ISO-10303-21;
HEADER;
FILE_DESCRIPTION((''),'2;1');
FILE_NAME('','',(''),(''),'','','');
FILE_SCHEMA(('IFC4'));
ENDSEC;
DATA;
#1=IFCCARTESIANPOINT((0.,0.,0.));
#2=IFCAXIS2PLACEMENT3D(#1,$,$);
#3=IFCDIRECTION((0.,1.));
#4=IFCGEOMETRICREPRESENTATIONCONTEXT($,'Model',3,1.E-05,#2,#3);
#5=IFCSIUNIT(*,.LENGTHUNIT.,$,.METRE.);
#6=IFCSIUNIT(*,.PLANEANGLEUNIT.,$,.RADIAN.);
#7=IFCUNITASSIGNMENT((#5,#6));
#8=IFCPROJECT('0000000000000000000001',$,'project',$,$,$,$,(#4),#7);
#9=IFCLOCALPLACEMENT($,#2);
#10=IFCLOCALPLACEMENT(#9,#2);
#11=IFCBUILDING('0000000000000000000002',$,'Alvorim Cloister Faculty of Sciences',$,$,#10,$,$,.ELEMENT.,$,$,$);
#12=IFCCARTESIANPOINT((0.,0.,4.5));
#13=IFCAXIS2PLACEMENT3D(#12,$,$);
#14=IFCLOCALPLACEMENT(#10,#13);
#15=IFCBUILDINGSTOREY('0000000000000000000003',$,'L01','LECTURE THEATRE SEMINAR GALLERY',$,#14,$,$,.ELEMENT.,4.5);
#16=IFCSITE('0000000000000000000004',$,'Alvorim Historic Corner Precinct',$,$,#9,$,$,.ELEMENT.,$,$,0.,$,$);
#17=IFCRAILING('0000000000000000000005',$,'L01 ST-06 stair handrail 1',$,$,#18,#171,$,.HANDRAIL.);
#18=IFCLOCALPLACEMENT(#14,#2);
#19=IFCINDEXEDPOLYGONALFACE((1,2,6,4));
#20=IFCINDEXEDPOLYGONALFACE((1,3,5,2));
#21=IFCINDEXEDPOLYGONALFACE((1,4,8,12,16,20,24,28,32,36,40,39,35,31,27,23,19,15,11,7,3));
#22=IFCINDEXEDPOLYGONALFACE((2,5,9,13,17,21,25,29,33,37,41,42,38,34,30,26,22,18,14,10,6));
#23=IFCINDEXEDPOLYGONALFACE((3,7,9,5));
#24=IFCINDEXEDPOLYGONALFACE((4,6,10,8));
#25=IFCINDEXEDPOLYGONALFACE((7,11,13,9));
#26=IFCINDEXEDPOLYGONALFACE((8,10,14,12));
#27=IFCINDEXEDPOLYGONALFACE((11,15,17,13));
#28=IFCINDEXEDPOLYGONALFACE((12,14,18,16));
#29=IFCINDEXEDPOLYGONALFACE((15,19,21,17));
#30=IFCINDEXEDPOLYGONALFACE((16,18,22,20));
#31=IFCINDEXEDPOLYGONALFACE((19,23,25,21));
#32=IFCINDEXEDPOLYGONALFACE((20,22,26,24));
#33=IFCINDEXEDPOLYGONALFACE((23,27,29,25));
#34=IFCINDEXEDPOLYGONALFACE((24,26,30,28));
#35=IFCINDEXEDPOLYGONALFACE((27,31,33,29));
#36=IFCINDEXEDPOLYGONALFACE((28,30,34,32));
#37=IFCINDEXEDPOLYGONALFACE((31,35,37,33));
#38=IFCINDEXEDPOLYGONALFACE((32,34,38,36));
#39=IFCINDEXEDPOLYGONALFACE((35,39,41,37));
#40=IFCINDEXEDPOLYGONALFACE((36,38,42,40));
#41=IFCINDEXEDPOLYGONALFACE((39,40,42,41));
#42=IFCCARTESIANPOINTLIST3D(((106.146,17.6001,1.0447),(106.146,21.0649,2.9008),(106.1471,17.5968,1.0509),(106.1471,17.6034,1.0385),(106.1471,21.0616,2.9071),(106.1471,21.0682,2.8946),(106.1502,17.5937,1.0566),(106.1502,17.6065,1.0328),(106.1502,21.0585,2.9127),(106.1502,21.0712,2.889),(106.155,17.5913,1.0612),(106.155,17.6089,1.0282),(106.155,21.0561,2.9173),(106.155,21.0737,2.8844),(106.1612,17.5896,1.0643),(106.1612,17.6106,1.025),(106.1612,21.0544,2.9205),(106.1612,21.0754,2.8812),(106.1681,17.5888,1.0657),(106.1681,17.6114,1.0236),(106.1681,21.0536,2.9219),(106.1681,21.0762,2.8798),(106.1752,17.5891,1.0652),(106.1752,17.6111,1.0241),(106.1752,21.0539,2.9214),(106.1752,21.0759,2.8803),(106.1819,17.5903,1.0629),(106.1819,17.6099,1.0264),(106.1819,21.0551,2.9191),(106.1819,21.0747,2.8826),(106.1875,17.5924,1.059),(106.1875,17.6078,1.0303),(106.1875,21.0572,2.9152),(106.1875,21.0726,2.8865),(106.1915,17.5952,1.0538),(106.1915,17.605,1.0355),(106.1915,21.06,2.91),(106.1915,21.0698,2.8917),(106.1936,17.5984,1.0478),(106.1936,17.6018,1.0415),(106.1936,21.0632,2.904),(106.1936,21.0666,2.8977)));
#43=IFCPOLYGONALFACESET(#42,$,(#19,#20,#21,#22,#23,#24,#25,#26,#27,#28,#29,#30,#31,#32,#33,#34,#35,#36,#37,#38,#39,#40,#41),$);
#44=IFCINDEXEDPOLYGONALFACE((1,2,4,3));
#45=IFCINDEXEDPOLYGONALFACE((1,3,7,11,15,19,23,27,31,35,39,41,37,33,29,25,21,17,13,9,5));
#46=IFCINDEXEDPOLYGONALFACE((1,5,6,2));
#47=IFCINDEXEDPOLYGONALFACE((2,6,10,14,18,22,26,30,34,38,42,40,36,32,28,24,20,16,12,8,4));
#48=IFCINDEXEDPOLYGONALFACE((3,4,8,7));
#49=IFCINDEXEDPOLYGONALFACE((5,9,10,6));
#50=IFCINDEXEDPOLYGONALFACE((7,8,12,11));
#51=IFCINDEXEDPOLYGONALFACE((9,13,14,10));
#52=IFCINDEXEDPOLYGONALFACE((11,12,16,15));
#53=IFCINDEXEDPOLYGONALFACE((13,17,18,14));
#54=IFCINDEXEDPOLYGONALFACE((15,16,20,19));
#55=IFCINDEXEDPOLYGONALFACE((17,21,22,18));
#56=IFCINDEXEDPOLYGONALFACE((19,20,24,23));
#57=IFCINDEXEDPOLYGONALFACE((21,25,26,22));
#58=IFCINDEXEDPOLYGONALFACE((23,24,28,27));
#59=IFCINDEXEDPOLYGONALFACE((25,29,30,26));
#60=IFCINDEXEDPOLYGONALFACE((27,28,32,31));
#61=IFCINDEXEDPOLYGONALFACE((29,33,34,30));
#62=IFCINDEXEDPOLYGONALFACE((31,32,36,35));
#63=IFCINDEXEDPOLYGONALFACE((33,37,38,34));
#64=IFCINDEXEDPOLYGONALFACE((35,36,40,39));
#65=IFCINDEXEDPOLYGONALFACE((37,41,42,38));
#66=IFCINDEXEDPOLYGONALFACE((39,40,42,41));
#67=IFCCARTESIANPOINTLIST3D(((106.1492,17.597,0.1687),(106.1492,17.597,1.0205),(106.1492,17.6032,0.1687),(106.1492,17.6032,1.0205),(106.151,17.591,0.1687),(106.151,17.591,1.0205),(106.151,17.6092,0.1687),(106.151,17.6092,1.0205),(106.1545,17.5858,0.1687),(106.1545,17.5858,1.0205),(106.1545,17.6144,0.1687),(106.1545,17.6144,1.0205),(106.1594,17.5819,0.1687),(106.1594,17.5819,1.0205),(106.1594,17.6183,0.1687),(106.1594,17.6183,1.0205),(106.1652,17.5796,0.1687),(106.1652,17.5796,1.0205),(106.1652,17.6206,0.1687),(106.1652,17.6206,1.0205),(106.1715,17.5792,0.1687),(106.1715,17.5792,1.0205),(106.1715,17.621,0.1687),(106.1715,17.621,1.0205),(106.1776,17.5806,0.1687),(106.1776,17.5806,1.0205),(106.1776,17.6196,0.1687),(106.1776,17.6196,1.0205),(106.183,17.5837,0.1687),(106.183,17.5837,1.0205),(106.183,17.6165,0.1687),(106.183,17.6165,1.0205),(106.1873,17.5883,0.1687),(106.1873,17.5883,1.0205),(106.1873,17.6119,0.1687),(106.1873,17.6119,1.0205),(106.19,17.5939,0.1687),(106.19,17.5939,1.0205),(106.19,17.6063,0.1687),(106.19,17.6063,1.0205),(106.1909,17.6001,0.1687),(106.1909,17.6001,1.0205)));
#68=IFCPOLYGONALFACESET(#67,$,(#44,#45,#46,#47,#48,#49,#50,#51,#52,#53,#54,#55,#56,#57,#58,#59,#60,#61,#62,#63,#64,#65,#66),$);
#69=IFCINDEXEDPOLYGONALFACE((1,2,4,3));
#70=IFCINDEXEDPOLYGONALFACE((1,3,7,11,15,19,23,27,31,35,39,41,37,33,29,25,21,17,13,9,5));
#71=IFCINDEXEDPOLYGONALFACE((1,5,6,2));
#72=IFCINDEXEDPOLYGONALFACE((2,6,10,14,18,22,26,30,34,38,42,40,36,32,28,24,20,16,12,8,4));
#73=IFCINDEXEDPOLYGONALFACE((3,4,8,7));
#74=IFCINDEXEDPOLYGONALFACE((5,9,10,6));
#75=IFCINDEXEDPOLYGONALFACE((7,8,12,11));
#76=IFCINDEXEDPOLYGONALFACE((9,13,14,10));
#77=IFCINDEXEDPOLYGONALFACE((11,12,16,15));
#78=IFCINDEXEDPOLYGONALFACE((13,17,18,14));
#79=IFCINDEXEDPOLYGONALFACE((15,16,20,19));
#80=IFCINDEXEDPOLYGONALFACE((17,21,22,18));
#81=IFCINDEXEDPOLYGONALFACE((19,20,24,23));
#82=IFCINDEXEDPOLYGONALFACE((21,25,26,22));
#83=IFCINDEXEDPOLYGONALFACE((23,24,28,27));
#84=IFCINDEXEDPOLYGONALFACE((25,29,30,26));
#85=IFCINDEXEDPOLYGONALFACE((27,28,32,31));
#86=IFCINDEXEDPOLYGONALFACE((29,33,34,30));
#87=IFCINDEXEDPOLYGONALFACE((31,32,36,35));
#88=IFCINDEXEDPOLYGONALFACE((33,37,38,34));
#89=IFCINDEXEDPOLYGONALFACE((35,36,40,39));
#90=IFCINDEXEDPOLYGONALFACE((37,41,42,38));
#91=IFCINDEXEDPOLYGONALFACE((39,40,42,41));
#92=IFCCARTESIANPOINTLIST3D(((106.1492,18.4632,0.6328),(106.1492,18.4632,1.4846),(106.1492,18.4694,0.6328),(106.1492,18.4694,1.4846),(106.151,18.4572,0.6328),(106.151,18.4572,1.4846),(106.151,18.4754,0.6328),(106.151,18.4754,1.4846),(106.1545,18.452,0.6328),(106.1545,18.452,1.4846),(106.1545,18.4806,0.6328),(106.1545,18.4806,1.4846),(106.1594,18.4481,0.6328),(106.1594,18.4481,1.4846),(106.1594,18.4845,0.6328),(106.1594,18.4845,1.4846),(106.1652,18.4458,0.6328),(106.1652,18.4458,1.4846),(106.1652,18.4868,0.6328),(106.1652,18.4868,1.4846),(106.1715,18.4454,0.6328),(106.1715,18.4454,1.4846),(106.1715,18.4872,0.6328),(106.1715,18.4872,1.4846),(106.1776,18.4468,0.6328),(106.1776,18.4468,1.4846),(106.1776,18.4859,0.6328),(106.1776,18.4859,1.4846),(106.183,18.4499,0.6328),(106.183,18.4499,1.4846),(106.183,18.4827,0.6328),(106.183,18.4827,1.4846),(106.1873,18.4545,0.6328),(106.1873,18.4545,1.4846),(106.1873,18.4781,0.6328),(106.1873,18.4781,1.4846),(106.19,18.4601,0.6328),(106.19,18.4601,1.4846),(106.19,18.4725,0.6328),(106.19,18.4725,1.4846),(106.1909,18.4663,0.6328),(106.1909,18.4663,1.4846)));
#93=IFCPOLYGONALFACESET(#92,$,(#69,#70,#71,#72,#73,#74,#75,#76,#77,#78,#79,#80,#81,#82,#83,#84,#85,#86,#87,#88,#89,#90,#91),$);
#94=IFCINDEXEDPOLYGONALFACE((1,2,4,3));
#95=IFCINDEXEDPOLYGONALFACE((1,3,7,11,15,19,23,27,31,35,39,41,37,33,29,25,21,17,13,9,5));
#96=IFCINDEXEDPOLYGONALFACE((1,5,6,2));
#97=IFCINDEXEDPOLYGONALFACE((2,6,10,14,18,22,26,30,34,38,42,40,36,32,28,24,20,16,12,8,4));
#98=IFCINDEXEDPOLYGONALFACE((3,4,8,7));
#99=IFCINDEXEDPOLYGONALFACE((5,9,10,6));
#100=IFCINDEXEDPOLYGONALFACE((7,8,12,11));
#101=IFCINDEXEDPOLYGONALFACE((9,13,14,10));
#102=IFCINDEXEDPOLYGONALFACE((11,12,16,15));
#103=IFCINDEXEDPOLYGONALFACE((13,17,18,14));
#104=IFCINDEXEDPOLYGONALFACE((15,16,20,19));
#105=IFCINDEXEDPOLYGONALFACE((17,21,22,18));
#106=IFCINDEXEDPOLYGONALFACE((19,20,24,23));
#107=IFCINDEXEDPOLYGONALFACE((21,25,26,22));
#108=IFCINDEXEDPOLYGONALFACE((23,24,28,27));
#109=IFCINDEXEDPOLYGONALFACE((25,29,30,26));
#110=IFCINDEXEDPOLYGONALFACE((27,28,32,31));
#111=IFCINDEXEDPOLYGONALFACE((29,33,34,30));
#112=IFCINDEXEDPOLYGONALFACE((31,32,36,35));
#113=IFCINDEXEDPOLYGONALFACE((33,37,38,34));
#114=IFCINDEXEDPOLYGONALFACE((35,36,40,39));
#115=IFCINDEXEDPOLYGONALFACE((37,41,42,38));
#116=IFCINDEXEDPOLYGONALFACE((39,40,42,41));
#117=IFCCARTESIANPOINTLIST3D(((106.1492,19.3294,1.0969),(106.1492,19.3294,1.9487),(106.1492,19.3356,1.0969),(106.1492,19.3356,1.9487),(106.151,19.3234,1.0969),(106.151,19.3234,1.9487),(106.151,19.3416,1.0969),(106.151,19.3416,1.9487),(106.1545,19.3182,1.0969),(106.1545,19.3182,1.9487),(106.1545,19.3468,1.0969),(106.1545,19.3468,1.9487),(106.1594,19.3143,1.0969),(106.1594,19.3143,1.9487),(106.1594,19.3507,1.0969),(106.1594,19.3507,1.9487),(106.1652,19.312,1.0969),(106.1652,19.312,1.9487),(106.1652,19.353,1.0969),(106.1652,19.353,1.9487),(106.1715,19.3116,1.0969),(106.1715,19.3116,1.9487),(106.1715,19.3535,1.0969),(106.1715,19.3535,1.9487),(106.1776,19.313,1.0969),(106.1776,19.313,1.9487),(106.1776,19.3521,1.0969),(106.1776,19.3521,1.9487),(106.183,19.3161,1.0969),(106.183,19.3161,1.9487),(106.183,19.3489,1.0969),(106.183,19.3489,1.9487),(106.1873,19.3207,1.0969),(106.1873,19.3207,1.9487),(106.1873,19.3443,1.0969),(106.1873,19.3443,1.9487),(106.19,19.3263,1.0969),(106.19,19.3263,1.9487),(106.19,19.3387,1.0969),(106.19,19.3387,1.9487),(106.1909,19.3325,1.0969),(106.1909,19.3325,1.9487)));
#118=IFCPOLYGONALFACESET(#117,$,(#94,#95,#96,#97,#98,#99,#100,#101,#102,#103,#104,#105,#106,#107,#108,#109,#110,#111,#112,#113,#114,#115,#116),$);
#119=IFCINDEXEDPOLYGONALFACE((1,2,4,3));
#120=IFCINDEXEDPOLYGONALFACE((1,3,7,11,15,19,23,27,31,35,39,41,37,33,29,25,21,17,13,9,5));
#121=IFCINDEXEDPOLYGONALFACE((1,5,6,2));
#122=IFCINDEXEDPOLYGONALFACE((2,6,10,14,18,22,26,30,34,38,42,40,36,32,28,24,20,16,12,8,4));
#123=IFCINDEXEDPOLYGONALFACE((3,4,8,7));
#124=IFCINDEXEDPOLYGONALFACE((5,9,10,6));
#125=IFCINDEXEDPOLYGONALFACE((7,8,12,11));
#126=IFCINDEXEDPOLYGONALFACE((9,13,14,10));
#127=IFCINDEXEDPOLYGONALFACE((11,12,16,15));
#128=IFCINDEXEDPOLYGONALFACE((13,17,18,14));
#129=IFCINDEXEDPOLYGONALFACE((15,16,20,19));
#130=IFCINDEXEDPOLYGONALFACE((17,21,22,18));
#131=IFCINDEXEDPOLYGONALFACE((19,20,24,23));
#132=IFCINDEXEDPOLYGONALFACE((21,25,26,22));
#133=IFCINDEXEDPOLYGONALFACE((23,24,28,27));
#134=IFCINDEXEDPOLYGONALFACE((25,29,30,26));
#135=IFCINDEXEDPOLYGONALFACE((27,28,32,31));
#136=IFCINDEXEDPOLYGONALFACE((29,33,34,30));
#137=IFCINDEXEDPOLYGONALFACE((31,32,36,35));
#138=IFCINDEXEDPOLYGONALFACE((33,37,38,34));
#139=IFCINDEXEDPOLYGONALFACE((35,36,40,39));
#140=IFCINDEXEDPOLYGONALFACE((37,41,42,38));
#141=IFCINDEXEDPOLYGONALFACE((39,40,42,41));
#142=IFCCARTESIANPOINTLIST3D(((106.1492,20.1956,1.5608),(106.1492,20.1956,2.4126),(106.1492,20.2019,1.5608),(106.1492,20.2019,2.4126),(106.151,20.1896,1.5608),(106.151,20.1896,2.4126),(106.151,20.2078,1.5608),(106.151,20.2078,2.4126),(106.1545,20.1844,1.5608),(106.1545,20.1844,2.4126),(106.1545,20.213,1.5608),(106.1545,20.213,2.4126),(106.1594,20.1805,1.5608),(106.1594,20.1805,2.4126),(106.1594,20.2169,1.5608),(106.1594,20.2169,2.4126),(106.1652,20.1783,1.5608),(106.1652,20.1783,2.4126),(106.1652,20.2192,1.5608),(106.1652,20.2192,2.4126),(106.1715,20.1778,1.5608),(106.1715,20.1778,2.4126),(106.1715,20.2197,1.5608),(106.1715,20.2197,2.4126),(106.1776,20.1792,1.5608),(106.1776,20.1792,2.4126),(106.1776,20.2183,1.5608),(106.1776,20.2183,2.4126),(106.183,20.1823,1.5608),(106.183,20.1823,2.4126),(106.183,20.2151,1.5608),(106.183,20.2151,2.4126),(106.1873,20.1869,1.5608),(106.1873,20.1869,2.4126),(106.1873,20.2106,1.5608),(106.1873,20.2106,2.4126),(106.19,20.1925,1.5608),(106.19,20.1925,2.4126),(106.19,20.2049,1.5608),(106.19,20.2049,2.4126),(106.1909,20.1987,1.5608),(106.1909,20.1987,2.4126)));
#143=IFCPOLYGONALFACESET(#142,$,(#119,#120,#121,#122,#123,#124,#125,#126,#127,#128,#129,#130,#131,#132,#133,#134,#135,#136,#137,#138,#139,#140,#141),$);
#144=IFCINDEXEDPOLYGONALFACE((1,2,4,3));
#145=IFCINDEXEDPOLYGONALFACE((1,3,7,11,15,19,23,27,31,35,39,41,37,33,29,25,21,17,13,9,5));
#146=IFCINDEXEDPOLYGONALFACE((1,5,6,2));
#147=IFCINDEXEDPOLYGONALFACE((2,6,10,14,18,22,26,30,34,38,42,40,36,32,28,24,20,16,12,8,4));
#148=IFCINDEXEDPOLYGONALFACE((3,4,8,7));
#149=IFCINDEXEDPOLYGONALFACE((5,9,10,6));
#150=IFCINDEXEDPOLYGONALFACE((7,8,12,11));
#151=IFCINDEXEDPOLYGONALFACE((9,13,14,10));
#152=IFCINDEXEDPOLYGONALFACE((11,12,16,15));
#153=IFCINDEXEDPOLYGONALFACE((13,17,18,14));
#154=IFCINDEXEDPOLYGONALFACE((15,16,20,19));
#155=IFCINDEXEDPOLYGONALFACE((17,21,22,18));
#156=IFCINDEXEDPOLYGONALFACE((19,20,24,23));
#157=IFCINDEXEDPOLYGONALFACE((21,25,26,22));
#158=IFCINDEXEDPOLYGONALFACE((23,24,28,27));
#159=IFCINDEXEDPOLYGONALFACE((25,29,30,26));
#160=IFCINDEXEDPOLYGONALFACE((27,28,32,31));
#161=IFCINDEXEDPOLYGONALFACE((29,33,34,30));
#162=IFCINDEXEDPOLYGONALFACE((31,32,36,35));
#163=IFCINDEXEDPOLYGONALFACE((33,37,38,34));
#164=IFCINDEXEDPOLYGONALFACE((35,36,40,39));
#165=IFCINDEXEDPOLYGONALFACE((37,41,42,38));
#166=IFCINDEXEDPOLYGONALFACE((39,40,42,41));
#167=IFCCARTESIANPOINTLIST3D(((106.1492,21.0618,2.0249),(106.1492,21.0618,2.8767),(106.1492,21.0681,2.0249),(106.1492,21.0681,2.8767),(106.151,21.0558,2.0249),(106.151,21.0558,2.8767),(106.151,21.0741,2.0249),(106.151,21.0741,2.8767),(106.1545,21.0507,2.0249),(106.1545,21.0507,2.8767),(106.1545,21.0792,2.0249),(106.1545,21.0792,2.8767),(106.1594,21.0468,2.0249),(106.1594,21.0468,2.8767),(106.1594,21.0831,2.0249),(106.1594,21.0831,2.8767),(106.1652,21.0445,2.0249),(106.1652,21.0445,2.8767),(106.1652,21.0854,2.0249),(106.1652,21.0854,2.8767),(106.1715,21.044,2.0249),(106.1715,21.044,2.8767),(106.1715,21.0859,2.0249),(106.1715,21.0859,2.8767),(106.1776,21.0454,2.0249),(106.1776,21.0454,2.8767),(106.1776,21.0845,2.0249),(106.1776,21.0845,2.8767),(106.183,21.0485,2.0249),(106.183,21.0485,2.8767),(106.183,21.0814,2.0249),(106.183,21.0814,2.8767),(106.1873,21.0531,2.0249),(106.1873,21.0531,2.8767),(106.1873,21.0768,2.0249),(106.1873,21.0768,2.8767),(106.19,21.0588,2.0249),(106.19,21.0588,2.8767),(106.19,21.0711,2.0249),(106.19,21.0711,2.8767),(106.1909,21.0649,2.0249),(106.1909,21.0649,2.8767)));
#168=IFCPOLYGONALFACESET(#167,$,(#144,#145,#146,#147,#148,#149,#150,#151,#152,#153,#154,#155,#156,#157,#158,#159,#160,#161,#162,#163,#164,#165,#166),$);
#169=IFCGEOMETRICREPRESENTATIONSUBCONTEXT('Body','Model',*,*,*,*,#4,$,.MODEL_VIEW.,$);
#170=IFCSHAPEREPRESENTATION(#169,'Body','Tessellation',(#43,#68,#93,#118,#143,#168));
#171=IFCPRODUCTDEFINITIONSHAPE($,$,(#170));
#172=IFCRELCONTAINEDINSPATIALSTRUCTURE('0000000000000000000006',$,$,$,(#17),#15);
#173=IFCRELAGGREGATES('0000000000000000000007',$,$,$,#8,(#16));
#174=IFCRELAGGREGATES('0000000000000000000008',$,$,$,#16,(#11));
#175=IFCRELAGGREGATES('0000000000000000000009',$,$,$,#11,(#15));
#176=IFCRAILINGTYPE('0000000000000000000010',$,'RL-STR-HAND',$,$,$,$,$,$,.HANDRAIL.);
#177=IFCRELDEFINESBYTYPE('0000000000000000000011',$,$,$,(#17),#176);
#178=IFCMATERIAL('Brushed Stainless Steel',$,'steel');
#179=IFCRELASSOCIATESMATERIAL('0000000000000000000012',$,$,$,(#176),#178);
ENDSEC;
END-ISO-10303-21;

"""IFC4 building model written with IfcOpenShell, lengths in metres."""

from ifc_helpers import new_model, si_unit, direction, frame, origin, origin_2d, place, context, subcontext, project, spatial, circle, extrude, material, type_object, element, save


model = new_model("IFC4")

# Units and contexts
model_context = context("Model", 3, precision=1e-05, world=origin(), true_north=direction((0.0, 1.0)))
body_context = subcontext(model_context, "Body", "Model", "MODEL_VIEW")
ifc_project = project(units=[si_unit("LENGTHUNIT", "METRE"), si_unit("PLANEANGLEUNIT", "RADIAN")], contexts=[model_context])

# Site, building, storey
site_placement = place(None, origin())
site = spatial("IfcSite", under=ifc_project, at=site_placement, Name="Alvorim Historic Corner Precinct", CompositionType="ELEMENT", RefElevation=0.0)
building_placement = place(site_placement, origin())
building = spatial("IfcBuilding", under=site, at=building_placement, Name="Alvorim Cloister Faculty of Sciences", CompositionType="ELEMENT")
storey_placement = place(building_placement, frame((0.0, 0.0, 4.5)))
storey = spatial("IfcBuildingStorey", under=building, at=storey_placement, Name="L01", Description="LECTURE THEATRE SEMINAR GALLERY", CompositionType="ELEMENT", Elevation=4.5)

# Railing
ifc_material_1 = material(Name="Brushed Stainless Steel", Category="steel")
railing_type_1 = type_object("IfcRailingType", Name="RL-STR-HAND", PredefinedType="HANDRAIL", material=ifc_material_1)
railing_1_placement = place(storey_placement, frame((106.1699, 17.6001, 0.1687)))
element("IfcRailing", 1, at=railing_1_placement, inside=storey, type_object=railing_type_1, Name="L01 ST-06 stair handrail 1", PredefinedType="HANDRAIL", context=body_context, shape_type="SweptSolid", body=[
    extrude(circle(Radius=0.0239, at=origin_2d()), frame((0.0, 0.0, 0.876), z_axis=(0.0, 0.881476, 0.472228), x_axis=(-1.0, 0.0, 0.0)), (0.0, 0.0, 1.0), 3.9307),
    extrude(circle(Radius=0.021, at=origin_2d()), origin(), (0.0, 0.0, 1.0), 0.8518),
    extrude(circle(Radius=0.021, at=origin_2d()), frame((0.0, 0.8662, 0.4641)), (0.0, 0.0, 1.0), 0.8518),
    extrude(circle(Radius=0.021, at=origin_2d()), frame((0.0, 1.7324, 0.9282)), (0.0, 0.0, 1.0), 0.8518),
    extrude(circle(Radius=0.021, at=origin_2d()), frame((0.0, 2.5986, 1.3921)), (0.0, 0.0, 1.0), 0.8518),
    extrude(circle(Radius=0.021, at=origin_2d()), frame((0.0, 3.4648, 1.8562)), (0.0, 0.0, 1.0), 0.8518),
])

save(model, "model.ifc")
